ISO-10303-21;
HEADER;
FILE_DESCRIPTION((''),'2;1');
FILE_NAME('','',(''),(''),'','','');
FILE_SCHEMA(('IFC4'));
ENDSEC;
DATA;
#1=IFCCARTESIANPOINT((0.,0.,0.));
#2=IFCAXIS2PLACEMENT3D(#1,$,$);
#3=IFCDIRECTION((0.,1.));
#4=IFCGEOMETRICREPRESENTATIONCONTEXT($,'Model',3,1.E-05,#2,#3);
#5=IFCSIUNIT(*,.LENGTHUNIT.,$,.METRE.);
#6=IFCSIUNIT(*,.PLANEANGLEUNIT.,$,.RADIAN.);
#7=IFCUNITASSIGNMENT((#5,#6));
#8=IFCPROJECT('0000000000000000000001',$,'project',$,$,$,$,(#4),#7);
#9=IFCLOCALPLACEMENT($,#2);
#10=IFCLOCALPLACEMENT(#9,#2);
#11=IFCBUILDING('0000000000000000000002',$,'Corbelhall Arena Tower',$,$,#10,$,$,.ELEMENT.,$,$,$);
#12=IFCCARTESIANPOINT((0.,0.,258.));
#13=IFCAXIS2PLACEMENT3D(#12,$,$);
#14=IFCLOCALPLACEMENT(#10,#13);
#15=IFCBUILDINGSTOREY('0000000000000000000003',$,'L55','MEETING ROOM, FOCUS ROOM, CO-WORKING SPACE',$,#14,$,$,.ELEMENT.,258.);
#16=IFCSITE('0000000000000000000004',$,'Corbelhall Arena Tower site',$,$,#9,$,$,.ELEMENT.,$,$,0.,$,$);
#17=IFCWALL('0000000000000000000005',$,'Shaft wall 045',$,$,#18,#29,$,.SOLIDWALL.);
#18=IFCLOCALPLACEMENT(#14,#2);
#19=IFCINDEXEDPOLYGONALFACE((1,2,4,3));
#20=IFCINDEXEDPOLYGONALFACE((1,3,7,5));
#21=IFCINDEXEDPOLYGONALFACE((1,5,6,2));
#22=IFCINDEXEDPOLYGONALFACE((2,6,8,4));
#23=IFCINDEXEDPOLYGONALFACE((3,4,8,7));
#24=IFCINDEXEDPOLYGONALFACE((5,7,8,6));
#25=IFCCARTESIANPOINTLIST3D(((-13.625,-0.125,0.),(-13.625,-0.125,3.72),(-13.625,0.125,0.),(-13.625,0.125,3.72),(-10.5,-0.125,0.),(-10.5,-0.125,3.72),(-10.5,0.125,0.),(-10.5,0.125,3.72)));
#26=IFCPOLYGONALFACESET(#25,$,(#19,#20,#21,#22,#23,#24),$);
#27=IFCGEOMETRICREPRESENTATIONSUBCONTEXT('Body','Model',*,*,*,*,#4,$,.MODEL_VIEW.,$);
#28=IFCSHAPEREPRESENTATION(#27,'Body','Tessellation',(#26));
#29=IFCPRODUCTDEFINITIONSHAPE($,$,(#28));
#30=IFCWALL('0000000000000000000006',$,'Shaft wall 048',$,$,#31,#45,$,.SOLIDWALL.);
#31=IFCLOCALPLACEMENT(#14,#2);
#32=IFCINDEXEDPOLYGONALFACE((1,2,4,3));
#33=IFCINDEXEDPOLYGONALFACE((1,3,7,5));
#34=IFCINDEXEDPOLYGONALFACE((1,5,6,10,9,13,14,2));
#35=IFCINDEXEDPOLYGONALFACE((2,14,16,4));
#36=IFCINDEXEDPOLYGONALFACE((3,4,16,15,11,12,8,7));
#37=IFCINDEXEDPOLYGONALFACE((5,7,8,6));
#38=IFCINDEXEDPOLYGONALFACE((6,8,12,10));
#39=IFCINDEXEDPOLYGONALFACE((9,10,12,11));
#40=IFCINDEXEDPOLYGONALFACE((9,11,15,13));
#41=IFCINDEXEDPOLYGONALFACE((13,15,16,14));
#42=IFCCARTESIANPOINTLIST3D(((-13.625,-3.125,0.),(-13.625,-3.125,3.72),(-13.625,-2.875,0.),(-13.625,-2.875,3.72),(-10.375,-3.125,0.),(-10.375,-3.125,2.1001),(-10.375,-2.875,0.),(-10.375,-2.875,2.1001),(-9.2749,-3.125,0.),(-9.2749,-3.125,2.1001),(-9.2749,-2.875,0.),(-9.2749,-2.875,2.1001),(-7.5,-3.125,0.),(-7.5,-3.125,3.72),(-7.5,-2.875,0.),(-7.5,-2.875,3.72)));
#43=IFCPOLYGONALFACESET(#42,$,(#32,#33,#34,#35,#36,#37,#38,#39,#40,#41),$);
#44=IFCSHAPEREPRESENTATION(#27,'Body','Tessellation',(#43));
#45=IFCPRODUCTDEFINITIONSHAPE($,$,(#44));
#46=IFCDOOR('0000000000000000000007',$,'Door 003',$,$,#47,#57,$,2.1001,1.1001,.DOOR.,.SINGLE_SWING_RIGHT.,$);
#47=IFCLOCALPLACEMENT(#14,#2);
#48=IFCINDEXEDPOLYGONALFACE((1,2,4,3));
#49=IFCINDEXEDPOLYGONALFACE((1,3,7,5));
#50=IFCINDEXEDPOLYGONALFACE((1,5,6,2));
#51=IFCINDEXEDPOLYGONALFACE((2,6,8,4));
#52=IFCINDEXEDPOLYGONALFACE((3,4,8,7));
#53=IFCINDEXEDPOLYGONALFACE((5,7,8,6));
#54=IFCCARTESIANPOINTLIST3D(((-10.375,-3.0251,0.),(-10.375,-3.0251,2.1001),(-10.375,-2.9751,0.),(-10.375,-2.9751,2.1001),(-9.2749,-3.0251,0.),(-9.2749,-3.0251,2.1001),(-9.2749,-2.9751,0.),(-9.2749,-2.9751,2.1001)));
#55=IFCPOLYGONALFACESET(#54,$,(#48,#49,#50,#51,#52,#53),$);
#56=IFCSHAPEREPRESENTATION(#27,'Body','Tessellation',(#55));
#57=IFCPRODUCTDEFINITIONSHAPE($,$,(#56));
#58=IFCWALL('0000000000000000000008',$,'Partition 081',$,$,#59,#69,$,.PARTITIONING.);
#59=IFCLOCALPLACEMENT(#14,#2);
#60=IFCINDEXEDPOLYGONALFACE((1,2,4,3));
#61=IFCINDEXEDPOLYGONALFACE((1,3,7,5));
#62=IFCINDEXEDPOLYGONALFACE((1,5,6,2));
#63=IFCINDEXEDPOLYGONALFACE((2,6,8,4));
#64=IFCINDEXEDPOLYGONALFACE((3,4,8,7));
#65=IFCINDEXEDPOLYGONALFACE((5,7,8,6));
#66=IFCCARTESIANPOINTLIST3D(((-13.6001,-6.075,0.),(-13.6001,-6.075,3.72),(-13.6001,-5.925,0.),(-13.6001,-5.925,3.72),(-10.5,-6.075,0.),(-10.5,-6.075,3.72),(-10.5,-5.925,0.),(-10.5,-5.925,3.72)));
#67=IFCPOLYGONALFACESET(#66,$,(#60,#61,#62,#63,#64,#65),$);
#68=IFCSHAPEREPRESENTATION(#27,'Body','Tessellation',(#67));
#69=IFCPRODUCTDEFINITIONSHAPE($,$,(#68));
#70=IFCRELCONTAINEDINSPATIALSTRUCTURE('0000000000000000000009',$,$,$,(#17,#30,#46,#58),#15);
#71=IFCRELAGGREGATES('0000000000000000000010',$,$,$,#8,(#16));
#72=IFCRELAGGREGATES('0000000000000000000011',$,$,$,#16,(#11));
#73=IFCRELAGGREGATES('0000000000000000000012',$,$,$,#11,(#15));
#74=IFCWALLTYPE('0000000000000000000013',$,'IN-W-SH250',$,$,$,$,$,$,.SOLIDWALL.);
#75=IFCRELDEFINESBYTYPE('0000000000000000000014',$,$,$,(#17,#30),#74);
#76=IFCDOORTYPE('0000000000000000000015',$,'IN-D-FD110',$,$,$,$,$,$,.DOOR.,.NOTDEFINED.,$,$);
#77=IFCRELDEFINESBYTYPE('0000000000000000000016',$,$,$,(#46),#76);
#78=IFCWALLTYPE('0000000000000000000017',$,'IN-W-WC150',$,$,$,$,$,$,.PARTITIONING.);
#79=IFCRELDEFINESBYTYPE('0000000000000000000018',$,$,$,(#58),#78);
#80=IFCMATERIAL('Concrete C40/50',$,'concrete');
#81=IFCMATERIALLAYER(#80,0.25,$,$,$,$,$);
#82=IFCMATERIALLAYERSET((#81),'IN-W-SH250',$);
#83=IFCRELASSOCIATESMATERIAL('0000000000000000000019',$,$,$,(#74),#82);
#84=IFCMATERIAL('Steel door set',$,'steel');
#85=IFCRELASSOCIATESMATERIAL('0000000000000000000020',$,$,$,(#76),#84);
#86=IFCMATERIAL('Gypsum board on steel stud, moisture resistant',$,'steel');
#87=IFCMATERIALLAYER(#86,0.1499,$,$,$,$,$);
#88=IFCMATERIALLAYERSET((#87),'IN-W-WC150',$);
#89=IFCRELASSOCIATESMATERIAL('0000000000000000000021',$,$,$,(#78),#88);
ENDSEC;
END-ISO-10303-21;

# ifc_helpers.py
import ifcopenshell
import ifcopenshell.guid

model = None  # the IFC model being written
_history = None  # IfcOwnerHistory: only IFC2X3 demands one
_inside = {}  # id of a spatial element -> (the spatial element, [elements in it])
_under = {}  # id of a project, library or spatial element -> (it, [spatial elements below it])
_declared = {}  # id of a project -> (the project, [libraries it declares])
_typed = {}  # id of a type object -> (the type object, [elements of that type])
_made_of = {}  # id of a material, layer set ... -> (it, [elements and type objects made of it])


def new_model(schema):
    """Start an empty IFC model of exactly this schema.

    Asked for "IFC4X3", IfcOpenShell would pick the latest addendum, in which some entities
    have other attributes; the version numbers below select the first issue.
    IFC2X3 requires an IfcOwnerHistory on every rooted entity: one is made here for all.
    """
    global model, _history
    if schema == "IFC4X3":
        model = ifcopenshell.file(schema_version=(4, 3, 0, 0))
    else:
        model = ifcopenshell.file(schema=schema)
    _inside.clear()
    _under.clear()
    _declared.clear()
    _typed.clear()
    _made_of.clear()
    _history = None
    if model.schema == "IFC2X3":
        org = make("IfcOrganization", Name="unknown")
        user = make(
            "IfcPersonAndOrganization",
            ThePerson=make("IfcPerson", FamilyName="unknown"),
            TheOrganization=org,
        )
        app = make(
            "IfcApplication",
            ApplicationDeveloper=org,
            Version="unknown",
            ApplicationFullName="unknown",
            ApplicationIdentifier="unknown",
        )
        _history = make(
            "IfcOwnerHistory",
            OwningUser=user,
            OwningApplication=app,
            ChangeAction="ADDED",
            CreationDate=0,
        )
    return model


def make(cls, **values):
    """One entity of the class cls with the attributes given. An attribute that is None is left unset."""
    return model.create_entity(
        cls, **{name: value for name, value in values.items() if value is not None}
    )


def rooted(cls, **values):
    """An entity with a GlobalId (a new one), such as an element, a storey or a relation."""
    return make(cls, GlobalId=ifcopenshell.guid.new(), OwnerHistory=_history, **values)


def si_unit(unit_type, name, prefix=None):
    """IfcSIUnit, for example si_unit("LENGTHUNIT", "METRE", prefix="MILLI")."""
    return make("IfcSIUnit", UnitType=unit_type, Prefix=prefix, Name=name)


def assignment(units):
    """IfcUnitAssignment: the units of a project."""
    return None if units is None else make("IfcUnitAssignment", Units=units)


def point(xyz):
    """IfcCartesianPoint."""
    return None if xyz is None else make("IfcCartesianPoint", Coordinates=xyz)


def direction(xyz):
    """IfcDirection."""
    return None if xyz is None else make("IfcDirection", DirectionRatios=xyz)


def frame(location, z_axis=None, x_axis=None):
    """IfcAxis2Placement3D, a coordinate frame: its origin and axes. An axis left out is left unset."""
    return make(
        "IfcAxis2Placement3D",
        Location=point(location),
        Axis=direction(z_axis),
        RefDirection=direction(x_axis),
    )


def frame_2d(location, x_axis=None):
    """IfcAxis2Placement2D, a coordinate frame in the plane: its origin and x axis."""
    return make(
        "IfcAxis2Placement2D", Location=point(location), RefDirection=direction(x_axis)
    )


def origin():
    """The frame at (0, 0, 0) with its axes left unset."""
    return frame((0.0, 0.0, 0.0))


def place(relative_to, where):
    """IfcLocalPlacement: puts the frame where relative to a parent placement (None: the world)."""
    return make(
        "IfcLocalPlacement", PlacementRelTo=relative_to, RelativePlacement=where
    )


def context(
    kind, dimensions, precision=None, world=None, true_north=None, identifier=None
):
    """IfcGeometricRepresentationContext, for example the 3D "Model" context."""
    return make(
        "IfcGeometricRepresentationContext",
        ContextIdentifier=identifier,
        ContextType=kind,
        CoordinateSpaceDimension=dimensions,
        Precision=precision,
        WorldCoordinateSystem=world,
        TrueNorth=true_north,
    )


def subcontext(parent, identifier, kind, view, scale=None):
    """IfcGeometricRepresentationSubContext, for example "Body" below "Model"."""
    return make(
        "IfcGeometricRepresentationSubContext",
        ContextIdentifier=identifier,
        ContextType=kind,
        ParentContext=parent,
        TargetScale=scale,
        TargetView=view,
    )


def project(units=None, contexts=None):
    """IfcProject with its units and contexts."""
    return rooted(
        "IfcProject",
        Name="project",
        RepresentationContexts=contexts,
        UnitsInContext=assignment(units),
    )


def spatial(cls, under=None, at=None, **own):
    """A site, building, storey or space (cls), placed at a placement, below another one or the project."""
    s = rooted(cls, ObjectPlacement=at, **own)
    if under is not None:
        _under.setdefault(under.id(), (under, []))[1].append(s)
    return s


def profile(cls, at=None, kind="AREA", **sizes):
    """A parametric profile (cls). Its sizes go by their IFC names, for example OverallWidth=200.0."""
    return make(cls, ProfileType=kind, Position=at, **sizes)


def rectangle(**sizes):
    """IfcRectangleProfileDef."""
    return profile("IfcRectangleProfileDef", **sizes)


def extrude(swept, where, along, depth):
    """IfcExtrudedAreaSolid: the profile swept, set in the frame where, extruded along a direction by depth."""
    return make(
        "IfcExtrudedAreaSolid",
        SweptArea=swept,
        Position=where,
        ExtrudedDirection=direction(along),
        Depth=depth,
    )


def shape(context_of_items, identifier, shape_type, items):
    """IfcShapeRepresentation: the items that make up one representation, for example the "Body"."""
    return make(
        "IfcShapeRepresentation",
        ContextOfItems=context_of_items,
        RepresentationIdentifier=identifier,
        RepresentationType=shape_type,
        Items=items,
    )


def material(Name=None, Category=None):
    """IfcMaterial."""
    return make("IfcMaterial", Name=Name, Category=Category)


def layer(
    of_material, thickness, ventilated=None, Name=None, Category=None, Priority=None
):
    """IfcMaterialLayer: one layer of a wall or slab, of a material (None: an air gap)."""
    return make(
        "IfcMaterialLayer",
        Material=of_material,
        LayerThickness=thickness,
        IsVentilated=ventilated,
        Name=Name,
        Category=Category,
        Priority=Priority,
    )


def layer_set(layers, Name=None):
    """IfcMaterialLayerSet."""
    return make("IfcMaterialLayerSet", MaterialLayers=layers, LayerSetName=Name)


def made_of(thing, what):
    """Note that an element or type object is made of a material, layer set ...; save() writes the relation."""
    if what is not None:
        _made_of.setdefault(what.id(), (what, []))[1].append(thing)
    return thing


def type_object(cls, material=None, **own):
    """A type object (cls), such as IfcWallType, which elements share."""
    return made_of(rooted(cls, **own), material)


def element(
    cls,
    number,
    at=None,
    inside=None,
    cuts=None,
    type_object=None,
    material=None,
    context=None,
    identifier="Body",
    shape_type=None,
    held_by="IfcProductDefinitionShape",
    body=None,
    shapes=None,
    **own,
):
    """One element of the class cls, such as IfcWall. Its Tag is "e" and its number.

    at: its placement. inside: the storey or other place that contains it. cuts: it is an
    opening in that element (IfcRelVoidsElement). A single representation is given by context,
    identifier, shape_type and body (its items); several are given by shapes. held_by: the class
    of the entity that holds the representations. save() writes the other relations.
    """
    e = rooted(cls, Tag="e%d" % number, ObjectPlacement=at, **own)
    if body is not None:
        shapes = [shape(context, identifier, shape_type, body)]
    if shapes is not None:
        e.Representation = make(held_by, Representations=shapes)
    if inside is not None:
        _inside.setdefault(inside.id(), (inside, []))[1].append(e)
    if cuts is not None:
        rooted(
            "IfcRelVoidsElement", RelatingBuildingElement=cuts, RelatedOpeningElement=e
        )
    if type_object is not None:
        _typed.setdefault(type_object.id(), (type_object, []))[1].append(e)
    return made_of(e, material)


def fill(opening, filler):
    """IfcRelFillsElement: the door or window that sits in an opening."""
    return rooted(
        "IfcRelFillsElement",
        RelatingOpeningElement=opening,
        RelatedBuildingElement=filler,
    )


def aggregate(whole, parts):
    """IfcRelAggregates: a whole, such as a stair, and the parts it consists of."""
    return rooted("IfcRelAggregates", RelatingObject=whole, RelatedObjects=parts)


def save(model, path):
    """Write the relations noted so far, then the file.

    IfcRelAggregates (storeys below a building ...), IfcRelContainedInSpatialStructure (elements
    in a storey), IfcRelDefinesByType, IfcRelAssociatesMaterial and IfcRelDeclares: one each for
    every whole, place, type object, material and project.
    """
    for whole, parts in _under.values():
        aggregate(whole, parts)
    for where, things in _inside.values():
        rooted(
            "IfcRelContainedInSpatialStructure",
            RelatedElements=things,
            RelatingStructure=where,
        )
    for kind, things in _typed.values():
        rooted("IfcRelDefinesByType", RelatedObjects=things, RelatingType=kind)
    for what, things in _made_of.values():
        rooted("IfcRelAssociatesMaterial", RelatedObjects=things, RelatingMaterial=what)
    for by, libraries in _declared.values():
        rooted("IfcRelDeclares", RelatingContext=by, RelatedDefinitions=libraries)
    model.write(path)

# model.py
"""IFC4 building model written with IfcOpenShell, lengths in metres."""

from ifc_helpers import new_model, si_unit, direction, frame, frame_2d, origin, place, context, subcontext, project, spatial, rectangle, extrude, material, layer, layer_set, type_object, element, fill, save


model = new_model("IFC4")

# Units and contexts
model_context = context("Model", 3, precision=1e-05, world=origin(), true_north=direction((0.0, 1.0)))
body_context = subcontext(model_context, "Body", "Model", "MODEL_VIEW")
ifc_project = project(units=[si_unit("LENGTHUNIT", "METRE"), si_unit("PLANEANGLEUNIT", "RADIAN")], contexts=[model_context])

# Site, building, storey
site_placement = place(None, origin())
site = spatial("IfcSite", under=ifc_project, at=site_placement, Name="Corbelhall Arena Tower site", CompositionType="ELEMENT", RefElevation=0.0)
building_placement = place(site_placement, origin())
building = spatial("IfcBuilding", under=site, at=building_placement, Name="Corbelhall Arena Tower", CompositionType="ELEMENT")
storey_placement = place(building_placement, frame((0.0, 0.0, 258.0)))
storey = spatial("IfcBuildingStorey", under=building, at=storey_placement, Name="L55", Description="MEETING ROOM, FOCUS ROOM, CO-WORKING SPACE", CompositionType="ELEMENT", Elevation=258.0)

# Shared definitions
ifc_material_1 = material(Name="Steel door set", Category="steel")

# Wall
ifc_material_2 = material(Name="Concrete C40/50", Category="concrete")
ifc_layer_1 = layer(ifc_material_2, 0.25)
ifc_layer_set_1 = layer_set([ifc_layer_1], Name="IN-W-SH250")
wall_type_1 = type_object("IfcWallType", Name="IN-W-SH250", PredefinedType="SOLIDWALL", material=ifc_layer_set_1)
wall_1_placement = place(storey_placement, frame((-13.625, 0.0, 0.0), z_axis=(0.0, 0.0, 1.0), x_axis=(1.0, 0.0, 0.0)))
element("IfcWall", 1, at=wall_1_placement, inside=storey, type_object=wall_type_1, Name="Shaft wall 045", PredefinedType="SOLIDWALL", context=body_context, shape_type="SweptSolid", body=[
    extrude(rectangle(XDim=3.125, YDim=0.25, at=frame_2d((1.5625, 0.0))), origin(), (0.0, 0.0, 1.0), 3.72),
])

# Wall, opening, door
wall_2_placement = place(storey_placement, frame((-13.625, -3.0, 0.0), z_axis=(0.0, 0.0, 1.0), x_axis=(1.0, 0.0, 0.0)))
wall_2 = element("IfcWall", 2, at=wall_2_placement, inside=storey, type_object=wall_type_1, Name="Shaft wall 048", PredefinedType="SOLIDWALL", context=body_context, shape_type="SweptSolid", body=[
    extrude(rectangle(XDim=6.125, YDim=0.25, at=frame_2d((3.0625, 0.0))), origin(), (0.0, 0.0, 1.0), 3.72),
])
opening_1_placement = place(wall_2_placement, frame((3.25, 0.0, 0.0)))
opening_1 = element("IfcOpeningElement", 3, at=opening_1_placement, cuts=wall_2, PredefinedType="OPENING", context=body_context, shape_type="SweptSolid", body=[
    extrude(rectangle(XDim=1.1001, YDim=2.1001, at=frame_2d((0.55, 1.05))), frame((0.0, 0.125, 0.0), z_axis=(0.0, -1.0, 0.0), x_axis=(1.0, 0.0, 0.0)), (0.0, 0.0, 1.0), 0.25),
])
door_type_1 = type_object("IfcDoorType", Name="IN-D-FD110", OperationType="NOTDEFINED", PredefinedType="DOOR", material=ifc_material_1)
door_1_placement = place(opening_1_placement, origin())
door_1 = element("IfcDoor", 4, at=door_1_placement, inside=storey, type_object=door_type_1, Name="Door 003", OperationType="SINGLE_SWING_RIGHT", OverallHeight=2.1001, OverallWidth=1.1001, PredefinedType="DOOR", context=body_context, shape_type="SweptSolid", body=[
    extrude(rectangle(XDim=1.1001, YDim=2.1001, at=frame_2d((0.55, 1.05))), frame((0.0, 0.0249, 0.0), z_axis=(0.0, -1.0, 0.0), x_axis=(1.0, 0.0, 0.0)), (0.0, 0.0, 1.0), 0.05),
])
fill(opening_1, door_1)

# Wall
ifc_material_3 = material(Name="Gypsum board on steel stud, moisture resistant", Category="steel")
ifc_layer_2 = layer(ifc_material_3, 0.1499)
ifc_layer_set_2 = layer_set([ifc_layer_2], Name="IN-W-WC150")
wall_type_2 = type_object("IfcWallType", Name="IN-W-WC150", PredefinedType="PARTITIONING", material=ifc_layer_set_2)
wall_3_placement = place(storey_placement, frame((-13.6001, -6.0, 0.0), z_axis=(0.0, 0.0, 1.0), x_axis=(1.0, 0.0, 0.0)))
element("IfcWall", 5, at=wall_3_placement, inside=storey, type_object=wall_type_2, Name="Partition 081", PredefinedType="PARTITIONING", context=body_context, shape_type="SweptSolid", body=[
    extrude(rectangle(XDim=3.1001, YDim=0.1499, at=frame_2d((1.55, 0.0))), origin(), (0.0, 0.0, 1.0), 3.72),
])

save(model, "model.ifc")
